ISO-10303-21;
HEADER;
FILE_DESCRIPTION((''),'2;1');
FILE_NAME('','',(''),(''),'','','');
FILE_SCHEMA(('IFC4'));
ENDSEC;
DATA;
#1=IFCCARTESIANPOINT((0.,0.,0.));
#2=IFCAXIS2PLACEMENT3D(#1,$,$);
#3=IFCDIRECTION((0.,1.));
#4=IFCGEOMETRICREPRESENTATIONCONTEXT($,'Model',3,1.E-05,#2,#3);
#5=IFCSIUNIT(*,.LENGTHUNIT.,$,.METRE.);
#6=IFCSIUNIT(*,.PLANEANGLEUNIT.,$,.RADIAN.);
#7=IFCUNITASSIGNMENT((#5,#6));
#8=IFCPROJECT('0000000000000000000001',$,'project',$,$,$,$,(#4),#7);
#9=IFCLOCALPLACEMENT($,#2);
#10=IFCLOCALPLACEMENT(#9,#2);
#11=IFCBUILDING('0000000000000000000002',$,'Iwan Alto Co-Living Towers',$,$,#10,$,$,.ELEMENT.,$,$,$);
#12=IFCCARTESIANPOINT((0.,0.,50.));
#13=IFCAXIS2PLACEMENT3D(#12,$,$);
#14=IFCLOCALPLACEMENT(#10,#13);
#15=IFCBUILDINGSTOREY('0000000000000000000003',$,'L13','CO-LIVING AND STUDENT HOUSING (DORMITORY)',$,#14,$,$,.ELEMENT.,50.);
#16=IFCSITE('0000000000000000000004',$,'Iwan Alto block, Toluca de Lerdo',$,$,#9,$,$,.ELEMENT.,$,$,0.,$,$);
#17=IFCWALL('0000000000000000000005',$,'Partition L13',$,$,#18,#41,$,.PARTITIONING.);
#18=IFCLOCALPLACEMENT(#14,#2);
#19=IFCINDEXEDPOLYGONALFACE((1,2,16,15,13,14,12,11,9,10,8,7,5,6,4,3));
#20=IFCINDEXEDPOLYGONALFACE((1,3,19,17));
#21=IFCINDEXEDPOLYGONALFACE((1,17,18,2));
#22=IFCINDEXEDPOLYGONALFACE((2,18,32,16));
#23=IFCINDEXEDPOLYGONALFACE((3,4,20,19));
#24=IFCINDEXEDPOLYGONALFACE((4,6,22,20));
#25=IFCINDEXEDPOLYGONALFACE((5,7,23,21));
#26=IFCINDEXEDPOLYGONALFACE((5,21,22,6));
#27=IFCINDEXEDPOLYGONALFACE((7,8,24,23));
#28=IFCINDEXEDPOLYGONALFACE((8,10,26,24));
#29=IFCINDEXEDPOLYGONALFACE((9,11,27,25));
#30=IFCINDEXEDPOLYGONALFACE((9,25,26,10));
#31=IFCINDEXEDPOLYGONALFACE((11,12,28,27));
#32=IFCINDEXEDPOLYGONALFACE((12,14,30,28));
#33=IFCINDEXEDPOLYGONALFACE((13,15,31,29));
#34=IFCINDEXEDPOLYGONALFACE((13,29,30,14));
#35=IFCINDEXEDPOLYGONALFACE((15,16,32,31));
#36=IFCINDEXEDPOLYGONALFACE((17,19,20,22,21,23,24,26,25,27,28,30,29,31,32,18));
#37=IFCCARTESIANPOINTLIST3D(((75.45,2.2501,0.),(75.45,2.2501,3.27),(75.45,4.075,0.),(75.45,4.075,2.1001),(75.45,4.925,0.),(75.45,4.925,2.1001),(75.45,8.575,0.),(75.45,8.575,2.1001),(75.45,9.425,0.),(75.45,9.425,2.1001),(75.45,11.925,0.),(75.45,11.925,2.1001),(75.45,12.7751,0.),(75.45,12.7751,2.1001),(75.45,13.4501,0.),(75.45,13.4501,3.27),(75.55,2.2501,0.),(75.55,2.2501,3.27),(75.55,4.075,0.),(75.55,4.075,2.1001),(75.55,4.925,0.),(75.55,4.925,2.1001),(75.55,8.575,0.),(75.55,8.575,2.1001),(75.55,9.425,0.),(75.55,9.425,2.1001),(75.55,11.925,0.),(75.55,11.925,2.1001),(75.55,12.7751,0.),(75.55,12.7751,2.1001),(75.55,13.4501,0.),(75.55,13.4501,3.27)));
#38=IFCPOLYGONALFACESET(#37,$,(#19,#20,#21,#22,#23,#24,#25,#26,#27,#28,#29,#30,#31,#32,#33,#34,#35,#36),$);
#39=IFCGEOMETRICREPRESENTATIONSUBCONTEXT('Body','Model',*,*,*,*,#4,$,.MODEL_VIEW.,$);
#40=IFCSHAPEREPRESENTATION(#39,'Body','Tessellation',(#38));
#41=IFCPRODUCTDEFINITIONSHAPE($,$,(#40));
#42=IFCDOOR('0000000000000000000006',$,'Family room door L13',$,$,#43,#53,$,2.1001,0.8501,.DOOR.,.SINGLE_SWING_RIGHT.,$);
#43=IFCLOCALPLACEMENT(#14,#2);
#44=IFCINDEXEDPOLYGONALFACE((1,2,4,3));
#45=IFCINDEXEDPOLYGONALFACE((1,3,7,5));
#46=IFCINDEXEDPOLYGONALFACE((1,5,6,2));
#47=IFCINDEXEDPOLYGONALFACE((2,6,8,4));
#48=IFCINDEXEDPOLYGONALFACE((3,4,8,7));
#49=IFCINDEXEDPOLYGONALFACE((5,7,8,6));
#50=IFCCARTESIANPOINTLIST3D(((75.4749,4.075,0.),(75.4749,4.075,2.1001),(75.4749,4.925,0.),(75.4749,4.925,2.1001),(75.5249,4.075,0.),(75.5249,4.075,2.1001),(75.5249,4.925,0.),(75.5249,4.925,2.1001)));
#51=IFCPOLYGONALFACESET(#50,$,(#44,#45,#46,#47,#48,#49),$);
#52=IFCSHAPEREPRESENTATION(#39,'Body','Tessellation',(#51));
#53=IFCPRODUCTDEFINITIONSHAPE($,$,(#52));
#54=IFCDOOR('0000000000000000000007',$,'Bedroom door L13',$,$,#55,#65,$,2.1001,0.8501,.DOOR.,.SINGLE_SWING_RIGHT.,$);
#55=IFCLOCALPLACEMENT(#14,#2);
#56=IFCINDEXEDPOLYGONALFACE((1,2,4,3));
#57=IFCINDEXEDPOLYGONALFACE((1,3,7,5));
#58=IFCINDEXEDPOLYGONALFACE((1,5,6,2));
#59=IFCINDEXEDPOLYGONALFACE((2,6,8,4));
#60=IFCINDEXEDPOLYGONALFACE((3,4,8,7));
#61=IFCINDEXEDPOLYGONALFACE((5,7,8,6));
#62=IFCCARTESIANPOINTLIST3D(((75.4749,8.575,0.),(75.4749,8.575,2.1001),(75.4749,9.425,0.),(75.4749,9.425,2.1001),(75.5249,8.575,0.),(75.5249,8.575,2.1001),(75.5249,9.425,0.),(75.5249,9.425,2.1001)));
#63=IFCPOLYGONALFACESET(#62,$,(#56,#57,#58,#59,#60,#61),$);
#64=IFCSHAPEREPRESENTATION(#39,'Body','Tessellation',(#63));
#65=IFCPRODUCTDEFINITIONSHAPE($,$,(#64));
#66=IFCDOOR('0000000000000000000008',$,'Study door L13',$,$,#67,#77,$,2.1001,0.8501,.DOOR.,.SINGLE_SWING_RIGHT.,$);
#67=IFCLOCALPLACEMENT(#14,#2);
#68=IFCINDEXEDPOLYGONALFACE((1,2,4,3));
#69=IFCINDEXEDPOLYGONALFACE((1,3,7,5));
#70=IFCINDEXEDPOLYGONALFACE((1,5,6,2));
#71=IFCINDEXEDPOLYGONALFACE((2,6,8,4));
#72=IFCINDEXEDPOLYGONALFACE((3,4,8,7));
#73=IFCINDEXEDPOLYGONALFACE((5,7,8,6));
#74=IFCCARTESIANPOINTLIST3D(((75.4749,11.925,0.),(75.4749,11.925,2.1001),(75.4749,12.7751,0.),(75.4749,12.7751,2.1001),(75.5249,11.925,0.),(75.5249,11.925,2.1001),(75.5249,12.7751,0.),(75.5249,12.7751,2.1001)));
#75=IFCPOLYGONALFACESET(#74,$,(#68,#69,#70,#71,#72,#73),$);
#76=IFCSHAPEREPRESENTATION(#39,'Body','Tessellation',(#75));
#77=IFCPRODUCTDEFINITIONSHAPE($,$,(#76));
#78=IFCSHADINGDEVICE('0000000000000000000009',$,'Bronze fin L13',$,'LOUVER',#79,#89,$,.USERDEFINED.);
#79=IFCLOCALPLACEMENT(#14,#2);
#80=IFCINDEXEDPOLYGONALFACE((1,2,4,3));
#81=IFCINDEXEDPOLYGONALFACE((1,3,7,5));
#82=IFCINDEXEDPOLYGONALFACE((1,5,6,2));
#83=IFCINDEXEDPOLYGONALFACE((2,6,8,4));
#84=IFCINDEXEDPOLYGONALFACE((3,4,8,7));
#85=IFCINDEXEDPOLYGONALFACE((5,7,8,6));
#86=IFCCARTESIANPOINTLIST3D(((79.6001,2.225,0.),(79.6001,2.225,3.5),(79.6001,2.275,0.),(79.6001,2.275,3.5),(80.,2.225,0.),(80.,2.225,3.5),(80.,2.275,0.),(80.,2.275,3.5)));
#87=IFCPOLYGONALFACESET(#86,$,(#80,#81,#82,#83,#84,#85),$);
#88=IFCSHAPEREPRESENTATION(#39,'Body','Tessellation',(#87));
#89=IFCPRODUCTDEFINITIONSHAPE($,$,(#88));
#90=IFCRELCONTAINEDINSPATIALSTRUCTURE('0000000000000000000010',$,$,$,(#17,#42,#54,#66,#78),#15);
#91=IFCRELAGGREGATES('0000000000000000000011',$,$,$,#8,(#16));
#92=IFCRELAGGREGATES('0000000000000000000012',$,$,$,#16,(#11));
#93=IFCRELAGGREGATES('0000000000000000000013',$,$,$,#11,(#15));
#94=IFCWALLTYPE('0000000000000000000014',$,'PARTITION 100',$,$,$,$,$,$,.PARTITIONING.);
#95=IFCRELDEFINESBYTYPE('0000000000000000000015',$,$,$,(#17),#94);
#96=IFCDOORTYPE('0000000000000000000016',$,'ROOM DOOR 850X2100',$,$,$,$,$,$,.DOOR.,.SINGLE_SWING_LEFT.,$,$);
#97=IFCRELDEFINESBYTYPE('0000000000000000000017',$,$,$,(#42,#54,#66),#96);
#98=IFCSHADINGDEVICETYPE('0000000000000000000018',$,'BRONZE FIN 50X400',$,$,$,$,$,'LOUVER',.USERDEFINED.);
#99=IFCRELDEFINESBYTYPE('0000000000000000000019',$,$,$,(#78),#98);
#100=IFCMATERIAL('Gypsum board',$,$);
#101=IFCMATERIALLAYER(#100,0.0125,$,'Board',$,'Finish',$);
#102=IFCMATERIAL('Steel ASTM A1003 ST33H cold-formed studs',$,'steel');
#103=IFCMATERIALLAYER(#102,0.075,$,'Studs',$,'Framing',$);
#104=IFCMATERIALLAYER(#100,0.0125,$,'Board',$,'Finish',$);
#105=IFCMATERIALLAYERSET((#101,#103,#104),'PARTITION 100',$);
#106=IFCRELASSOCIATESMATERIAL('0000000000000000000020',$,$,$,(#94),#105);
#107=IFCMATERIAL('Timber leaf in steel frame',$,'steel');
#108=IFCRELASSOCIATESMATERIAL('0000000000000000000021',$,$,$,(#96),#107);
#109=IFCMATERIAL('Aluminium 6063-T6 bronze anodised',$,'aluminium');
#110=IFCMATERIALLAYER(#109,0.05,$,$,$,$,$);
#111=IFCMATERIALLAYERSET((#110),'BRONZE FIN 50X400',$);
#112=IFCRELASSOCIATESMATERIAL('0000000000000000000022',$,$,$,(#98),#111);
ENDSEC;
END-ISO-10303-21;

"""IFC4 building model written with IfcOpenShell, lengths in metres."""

from ifc_helpers import new_model, si_unit, direction, frame, frame_2d, origin, origin_2d, place, context, subcontext, project, spatial, rectangle, extrude, material, layer, layer_set, type_object, element, fill, save


model = new_model("IFC4")

# Units and contexts
model_context = context("Model", 3, precision=1e-05, world=origin(), true_north=direction((0.0, 1.0)))
body_context = subcontext(model_context, "Body", "Model", "MODEL_VIEW")
ifc_project = project(units=[si_unit("LENGTHUNIT", "METRE"), si_unit("PLANEANGLEUNIT", "RADIAN")], contexts=[model_context])

# Site, building, storey
site_placement = place(None, origin())
site = spatial("IfcSite", under=ifc_project, at=site_placement, Name="Iwan Alto block, Toluca de Lerdo", CompositionType="ELEMENT", RefElevation=0.0)
building_placement = place(site_placement, origin())
building = spatial("IfcBuilding", under=site, at=building_placement, Name="Iwan Alto Co-Living Towers", CompositionType="ELEMENT")
storey_placement = place(building_placement, frame((0.0, 0.0, 50.0)))
storey = spatial("IfcBuildingStorey", under=building, at=storey_placement, Name="L13", Description="CO-LIVING AND STUDENT HOUSING (DORMITORY)", CompositionType="ELEMENT", Elevation=50.0)

# Shared definitions
ifc_material_1 = material(Name="Gypsum board")
ifc_layer_1 = layer(ifc_material_1, 0.0125, Name="Board", Category="Finish")
ifc_material_2 = material(Name="Steel ASTM A1003 ST33H cold-formed studs", Category="steel")
ifc_layer_2 = layer(ifc_material_2, 0.075, Name="Studs", Category="Framing")
ifc_layer_3 = layer(ifc_material_1, 0.0125, Name="Board", Category="Finish")
ifc_layer_set_1 = layer_set([ifc_layer_1, ifc_layer_2, ifc_layer_3], Name="PARTITION 100")
wall_type = type_object("IfcWallType", Name="PARTITION 100", PredefinedType="PARTITIONING", material=ifc_layer_set_1)

# Wall, openings, doors
wall_placement = place(storey_placement, frame((75.5, 2.25, 0.0), z_axis=(0.0, 0.0, 1.0), x_axis=(0.0, 1.0, 0.0)))
wall = element("IfcWall", 1, at=wall_placement, inside=storey, type_object=wall_type, Name="Partition L13", PredefinedType="PARTITIONING", context=body_context, shape_type="SweptSolid", body=[
    extrude(rectangle(XDim=11.2, YDim=0.1001, at=frame_2d((5.6001, 0.0))), origin(), (0.0, 0.0, 1.0), 3.27),
])
opening_1_placement = place(wall_placement, frame((1.825, 0.0, 0.0)))
opening_1 = element("IfcOpeningElement", 2, at=opening_1_placement, cuts=wall, PredefinedType="OPENING", context=body_context, shape_type="SweptSolid", body=[
    extrude(rectangle(XDim=0.8501, YDim=2.1001, at=frame_2d((0.425, 1.05))), frame((0.0, 0.0601, 0.0), z_axis=(0.0, -1.0, 0.0), x_axis=(1.0, 0.0, 0.0)), (0.0, 0.0, 1.0), 0.1201),
])
opening_2_placement = place(wall_placement, frame((6.325, 0.0, 0.0)))
opening_2 = element("IfcOpeningElement", 3, at=opening_2_placement, cuts=wall, PredefinedType="OPENING", context=body_context, shape_type="SweptSolid", body=[
    extrude(rectangle(XDim=0.8501, YDim=2.1001, at=frame_2d((0.425, 1.05))), frame((0.0, 0.0601, 0.0), z_axis=(0.0, -1.0, 0.0), x_axis=(1.0, 0.0, 0.0)), (0.0, 0.0, 1.0), 0.1201),
])
opening_3_placement = place(wall_placement, frame((9.675, 0.0, 0.0)))
opening_3 = element("IfcOpeningElement", 4, at=opening_3_placement, cuts=wall, PredefinedType="OPENING", context=body_context, shape_type="SweptSolid", body=[
    extrude(rectangle(XDim=0.8501, YDim=2.1001, at=frame_2d((0.425, 1.05))), frame((0.0, 0.0601, 0.0), z_axis=(0.0, -1.0, 0.0), x_axis=(1.0, 0.0, 0.0)), (0.0, 0.0, 1.0), 0.1201),
])
ifc_material_3 = material(Name="Timber leaf in steel frame", Category="steel")
door_type = type_object("IfcDoorType", Name="ROOM DOOR 850X2100", OperationType="SINGLE_SWING_LEFT", PredefinedType="DOOR", material=ifc_material_3)
door_1_placement = place(opening_1_placement, frame((0.8501, 0.0, 0.0), z_axis=(0.0, 0.0, 1.0), x_axis=(-1.0, 0.0, 0.0)))
door_1 = element("IfcDoor", 5, at=door_1_placement, inside=storey, type_object=door_type, Name="Family room door L13", OperationType="SINGLE_SWING_RIGHT", OverallHeight=2.1001, OverallWidth=0.8501, PredefinedType="DOOR", context=body_context, shape_type="SweptSolid", body=[
    extrude(rectangle(XDim=0.8501, YDim=2.1001, at=frame_2d((0.425, 1.05))), frame((0.0, 0.0249, 0.0), z_axis=(0.0, -1.0, 0.0), x_axis=(1.0, 0.0, 0.0)), (0.0, 0.0, 1.0), 0.05),
])
fill(opening_1, door_1)
door_2_placement = place(opening_2_placement, frame((0.8501, 0.0, 0.0), z_axis=(0.0, 0.0, 1.0), x_axis=(-1.0, 0.0, 0.0)))
door_2 = element("IfcDoor", 6, at=door_2_placement, inside=storey, type_object=door_type, Name="Bedroom door L13", OperationType="SINGLE_SWING_RIGHT", OverallHeight=2.1001, OverallWidth=0.8501, PredefinedType="DOOR", context=body_context, shape_type="SweptSolid", body=[
    extrude(rectangle(XDim=0.8501, YDim=2.1001, at=frame_2d((0.425, 1.05))), frame((0.0, 0.0249, 0.0), z_axis=(0.0, -1.0, 0.0), x_axis=(1.0, 0.0, 0.0)), (0.0, 0.0, 1.0), 0.05),
])
fill(opening_2, door_2)
door_3_placement = place(opening_3_placement, frame((0.8501, 0.0, 0.0), z_axis=(0.0, 0.0, 1.0), x_axis=(-1.0, 0.0, 0.0)))
door_3 = element("IfcDoor", 7, at=door_3_placement, inside=storey, type_object=door_type, Name="Study door L13", OperationType="SINGLE_SWING_RIGHT", OverallHeight=2.1001, OverallWidth=0.8501, PredefinedType="DOOR", context=body_context, shape_type="SweptSolid", body=[
    extrude(rectangle(XDim=0.8501, YDim=2.1001, at=frame_2d((0.425, 1.05))), frame((0.0, 0.0249, 0.0), z_axis=(0.0, -1.0, 0.0), x_axis=(1.0, 0.0, 0.0)), (0.0, 0.0, 1.0), 0.05),
])
fill(opening_3, door_3)

# Shading device
ifc_material_4 = material(Name="Aluminium 6063-T6 bronze anodised", Category="aluminium")
ifc_layer_4 = layer(ifc_material_4, 0.05)
ifc_layer_set_2 = layer_set([ifc_layer_4], Name="BRONZE FIN 50X400")
shading_device_type = type_object("IfcShadingDeviceType", Name="BRONZE FIN 50X400", ElementType="LOUVER", PredefinedType="USERDEFINED", material=ifc_layer_set_2)
shading_device_placement = place(storey_placement, frame((79.8, 2.25, 0.0), z_axis=(0.0, 0.0, 1.0), x_axis=(0.0, 1.0, 0.0)))
element("IfcShadingDevice", 8, at=shading_device_placement, inside=storey, type_object=shading_device_type, Name="Bronze fin L13", ObjectType="LOUVER", PredefinedType="USERDEFINED", context=body_context, shape_type="SweptSolid", body=[
    extrude(rectangle(XDim=0.05, YDim=0.3999, at=origin_2d()), origin(), (0.0, 0.0, 1.0), 3.5),
])

save(model, "model.ifc")
